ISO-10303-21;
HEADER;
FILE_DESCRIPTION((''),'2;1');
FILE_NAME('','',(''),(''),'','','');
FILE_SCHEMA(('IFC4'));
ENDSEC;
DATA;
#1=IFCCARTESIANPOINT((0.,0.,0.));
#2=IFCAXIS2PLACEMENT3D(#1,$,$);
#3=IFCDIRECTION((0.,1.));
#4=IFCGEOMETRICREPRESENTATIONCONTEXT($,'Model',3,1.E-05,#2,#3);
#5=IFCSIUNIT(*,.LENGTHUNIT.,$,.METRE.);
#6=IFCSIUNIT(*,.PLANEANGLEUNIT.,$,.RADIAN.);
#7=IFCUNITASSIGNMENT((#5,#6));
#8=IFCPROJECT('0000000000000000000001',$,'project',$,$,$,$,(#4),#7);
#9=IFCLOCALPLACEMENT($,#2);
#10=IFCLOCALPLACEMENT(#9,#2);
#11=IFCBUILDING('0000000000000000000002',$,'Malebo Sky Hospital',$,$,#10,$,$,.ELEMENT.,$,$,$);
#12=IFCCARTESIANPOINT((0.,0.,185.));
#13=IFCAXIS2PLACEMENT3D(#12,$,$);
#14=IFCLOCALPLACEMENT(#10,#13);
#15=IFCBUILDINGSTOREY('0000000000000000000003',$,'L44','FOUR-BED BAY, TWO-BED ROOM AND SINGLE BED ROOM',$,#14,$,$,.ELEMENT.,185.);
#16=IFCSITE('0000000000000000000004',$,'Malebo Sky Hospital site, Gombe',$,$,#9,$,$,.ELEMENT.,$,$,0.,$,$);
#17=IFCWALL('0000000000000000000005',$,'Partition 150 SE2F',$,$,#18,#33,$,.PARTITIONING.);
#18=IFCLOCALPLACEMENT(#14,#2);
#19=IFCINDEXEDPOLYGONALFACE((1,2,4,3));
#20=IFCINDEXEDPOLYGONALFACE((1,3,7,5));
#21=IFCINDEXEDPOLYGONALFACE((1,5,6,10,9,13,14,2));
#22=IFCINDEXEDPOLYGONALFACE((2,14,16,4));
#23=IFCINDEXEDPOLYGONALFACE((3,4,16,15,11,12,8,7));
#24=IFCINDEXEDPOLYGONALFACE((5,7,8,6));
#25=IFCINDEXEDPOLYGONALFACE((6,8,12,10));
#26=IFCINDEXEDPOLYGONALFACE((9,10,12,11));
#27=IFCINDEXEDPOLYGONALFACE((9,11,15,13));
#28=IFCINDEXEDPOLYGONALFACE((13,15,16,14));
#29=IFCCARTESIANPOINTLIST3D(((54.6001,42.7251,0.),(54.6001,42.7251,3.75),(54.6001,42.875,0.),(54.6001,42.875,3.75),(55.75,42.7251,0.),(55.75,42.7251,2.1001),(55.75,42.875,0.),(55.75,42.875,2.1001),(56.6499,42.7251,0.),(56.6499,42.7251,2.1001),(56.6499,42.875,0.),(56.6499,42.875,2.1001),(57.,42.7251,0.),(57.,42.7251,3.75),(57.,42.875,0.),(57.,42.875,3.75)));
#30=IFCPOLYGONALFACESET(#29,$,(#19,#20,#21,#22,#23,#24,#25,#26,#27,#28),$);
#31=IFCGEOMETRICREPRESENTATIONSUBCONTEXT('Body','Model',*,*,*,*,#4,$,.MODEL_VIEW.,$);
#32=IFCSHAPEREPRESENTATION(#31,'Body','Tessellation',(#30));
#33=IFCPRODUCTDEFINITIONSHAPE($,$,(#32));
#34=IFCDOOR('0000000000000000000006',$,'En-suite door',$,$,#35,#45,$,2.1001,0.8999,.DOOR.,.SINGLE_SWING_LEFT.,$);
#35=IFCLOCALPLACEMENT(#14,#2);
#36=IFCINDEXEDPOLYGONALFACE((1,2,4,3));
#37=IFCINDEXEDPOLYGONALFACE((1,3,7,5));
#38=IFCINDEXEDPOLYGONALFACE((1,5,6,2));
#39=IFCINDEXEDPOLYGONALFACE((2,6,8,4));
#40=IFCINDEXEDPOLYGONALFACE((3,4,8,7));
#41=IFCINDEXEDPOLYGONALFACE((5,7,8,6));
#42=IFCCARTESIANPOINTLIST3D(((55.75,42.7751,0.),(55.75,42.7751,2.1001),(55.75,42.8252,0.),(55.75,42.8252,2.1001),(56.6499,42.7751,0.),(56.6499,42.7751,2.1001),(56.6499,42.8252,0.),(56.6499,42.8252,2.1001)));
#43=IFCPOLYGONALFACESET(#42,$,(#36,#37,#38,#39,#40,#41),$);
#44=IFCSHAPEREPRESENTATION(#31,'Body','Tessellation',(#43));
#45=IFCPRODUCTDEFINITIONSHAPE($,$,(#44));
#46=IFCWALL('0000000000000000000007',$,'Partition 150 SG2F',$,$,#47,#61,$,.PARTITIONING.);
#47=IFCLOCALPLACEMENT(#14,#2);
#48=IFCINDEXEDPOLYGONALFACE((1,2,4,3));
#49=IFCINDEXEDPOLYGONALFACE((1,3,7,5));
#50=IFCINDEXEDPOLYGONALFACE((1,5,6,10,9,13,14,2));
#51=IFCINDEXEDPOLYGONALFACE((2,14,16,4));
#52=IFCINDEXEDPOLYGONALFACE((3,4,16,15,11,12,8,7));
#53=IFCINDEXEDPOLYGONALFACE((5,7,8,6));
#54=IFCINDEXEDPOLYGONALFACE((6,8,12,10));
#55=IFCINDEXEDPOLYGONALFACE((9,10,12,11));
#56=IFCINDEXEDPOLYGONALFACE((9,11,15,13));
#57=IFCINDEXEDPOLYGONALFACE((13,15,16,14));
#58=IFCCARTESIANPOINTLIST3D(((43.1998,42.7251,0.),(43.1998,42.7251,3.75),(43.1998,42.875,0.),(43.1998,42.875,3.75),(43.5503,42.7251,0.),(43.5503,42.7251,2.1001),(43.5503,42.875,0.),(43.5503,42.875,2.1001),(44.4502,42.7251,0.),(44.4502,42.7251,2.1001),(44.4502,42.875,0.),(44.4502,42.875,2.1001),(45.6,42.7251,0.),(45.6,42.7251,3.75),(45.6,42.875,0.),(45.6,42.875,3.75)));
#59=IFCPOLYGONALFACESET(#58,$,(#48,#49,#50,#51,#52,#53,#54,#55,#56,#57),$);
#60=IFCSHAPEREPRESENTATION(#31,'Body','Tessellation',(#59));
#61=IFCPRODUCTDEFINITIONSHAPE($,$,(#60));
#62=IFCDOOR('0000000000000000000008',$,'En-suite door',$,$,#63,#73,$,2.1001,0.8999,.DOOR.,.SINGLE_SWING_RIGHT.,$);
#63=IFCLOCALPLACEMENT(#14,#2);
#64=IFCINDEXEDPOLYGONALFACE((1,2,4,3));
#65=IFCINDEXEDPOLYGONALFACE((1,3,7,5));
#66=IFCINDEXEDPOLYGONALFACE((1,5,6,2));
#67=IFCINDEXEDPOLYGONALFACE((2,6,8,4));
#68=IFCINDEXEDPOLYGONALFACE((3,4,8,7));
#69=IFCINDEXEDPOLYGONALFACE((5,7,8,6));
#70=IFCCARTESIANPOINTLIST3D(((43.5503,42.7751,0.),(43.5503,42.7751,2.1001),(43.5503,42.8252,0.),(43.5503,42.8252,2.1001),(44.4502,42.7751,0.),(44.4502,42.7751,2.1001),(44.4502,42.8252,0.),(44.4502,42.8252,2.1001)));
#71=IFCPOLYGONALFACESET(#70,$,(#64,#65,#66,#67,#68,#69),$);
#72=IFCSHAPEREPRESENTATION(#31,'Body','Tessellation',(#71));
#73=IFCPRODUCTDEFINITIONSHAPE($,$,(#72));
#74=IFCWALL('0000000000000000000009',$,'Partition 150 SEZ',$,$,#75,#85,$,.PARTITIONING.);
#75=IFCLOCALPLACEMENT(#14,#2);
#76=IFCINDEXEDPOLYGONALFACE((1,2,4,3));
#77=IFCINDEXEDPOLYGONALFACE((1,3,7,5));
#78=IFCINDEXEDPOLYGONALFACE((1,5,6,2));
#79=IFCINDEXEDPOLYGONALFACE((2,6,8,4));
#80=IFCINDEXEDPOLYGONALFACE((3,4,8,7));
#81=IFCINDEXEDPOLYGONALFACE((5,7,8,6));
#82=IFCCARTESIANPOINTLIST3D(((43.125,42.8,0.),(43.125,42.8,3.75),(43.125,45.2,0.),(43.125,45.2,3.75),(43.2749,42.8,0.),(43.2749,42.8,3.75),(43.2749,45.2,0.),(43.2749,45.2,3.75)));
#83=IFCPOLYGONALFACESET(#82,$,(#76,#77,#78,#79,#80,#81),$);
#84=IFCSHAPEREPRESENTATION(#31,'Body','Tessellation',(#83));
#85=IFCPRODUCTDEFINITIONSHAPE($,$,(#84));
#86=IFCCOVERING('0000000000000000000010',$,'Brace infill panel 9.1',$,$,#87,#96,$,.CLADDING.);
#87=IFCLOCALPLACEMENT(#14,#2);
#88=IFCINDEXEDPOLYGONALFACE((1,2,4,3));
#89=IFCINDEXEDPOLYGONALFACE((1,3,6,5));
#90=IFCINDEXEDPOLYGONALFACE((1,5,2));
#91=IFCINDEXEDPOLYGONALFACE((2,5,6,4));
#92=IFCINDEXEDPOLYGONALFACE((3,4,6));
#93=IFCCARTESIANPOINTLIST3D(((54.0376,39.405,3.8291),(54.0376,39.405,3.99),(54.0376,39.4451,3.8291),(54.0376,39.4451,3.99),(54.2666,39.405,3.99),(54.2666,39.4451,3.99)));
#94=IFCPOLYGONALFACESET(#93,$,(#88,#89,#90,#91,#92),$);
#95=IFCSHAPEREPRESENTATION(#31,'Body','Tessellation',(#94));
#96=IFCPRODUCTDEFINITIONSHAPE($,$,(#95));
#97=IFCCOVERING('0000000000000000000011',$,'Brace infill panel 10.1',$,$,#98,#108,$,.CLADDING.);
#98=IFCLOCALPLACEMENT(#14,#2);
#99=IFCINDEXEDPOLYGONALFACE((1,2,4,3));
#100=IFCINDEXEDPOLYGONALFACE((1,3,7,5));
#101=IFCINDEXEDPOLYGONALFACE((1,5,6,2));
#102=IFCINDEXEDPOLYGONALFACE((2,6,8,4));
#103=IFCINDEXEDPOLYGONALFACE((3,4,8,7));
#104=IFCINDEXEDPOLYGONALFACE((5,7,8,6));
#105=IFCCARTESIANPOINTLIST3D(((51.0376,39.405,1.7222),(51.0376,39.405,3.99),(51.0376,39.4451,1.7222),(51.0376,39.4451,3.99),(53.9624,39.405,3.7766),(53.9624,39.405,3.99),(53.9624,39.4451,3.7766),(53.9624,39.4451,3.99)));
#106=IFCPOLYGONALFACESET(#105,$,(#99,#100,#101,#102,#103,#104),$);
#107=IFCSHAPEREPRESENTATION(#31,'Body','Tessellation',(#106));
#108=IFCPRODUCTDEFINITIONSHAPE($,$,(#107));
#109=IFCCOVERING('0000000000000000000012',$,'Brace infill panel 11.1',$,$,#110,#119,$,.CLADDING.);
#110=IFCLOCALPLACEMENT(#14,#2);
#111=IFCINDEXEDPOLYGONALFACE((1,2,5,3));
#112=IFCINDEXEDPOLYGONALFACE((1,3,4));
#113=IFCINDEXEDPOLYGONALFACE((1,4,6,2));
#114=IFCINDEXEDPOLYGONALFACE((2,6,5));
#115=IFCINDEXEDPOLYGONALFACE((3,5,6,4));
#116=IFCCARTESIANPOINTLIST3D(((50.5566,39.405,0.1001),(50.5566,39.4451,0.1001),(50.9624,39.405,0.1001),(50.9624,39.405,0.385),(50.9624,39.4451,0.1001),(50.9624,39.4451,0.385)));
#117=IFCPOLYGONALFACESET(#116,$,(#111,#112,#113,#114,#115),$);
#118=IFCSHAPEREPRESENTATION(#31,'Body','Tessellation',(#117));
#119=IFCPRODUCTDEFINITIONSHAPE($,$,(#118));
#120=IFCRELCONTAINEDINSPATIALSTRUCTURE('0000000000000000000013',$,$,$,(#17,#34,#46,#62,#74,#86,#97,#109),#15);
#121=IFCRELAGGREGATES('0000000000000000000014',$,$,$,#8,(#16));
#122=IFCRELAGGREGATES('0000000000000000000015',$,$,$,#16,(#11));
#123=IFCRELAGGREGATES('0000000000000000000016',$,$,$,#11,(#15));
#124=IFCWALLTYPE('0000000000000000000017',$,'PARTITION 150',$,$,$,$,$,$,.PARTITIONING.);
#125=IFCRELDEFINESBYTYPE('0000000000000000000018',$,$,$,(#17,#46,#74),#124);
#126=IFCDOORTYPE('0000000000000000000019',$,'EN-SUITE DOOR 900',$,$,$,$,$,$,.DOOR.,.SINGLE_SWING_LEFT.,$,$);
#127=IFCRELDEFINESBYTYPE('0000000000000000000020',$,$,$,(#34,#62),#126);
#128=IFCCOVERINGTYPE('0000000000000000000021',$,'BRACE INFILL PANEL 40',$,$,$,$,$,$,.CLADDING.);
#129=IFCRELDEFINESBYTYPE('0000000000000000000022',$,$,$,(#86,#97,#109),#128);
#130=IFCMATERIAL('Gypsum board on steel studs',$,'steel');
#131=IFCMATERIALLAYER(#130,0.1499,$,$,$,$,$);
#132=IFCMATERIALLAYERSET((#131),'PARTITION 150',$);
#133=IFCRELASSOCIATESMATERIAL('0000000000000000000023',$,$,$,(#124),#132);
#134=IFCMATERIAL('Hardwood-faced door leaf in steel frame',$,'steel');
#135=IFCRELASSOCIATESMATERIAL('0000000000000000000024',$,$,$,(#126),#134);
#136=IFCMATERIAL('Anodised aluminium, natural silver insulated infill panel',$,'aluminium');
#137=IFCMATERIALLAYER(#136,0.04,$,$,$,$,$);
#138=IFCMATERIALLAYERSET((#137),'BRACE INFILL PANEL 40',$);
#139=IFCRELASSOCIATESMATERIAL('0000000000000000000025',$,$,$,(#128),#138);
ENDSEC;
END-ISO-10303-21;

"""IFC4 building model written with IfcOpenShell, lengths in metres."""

from ifc_helpers import new_model, si_unit, direction, frame, frame_2d, origin, place, context, subcontext, project, spatial, polyline, rectangle, outline, extrude, material, layer, layer_set, type_object, element, fill, save


model = new_model("IFC4")

# Units and contexts
model_context = context("Model", 3, precision=1e-05, world=origin(), true_north=direction((0.0, 1.0)))
body_context = subcontext(model_context, "Body", "Model", "MODEL_VIEW")
ifc_project = project(units=[si_unit("LENGTHUNIT", "METRE"), si_unit("PLANEANGLEUNIT", "RADIAN")], contexts=[model_context])

# Site, building, storey
site_placement = place(None, origin())
site = spatial("IfcSite", under=ifc_project, at=site_placement, Name="Malebo Sky Hospital site, Gombe", CompositionType="ELEMENT", RefElevation=0.0)
building_placement = place(site_placement, origin())
building = spatial("IfcBuilding", under=site, at=building_placement, Name="Malebo Sky Hospital", CompositionType="ELEMENT")
storey_placement = place(building_placement, frame((0.0, 0.0, 185.0)))
storey = spatial("IfcBuildingStorey", under=building, at=storey_placement, Name="L44", Description="FOUR-BED BAY, TWO-BED ROOM AND SINGLE BED ROOM", CompositionType="ELEMENT", Elevation=185.0)

# Walls, openings, doors
ifc_material_1 = material(Name="Gypsum board on steel studs", Category="steel")
ifc_layer_1 = layer(ifc_material_1, 0.1499)
ifc_layer_set_1 = layer_set([ifc_layer_1], Name="PARTITION 150")
wall_type = type_object("IfcWallType", Name="PARTITION 150", PredefinedType="PARTITIONING", material=ifc_layer_set_1)
wall_1_placement = place(storey_placement, frame((57.0, 42.8, 0.0), z_axis=(0.0, 0.0, 1.0), x_axis=(-1.0, 0.0, 0.0)))
wall_1 = element("IfcWall", 1, at=wall_1_placement, inside=storey, type_object=wall_type, Name="Partition 150 SE2F", PredefinedType="PARTITIONING", context=body_context, shape_type="SweptSolid", body=[
    extrude(rectangle(XDim=2.3999, YDim=0.1499, at=frame_2d((1.2, 0.0))), origin(), (0.0, 0.0, 1.0), 3.75),
])
opening_1_placement = place(wall_1_placement, frame((0.3501, 0.0, 0.0)))
opening_1 = element("IfcOpeningElement", 2, at=opening_1_placement, cuts=wall_1, PredefinedType="OPENING", context=body_context, shape_type="SweptSolid", body=[
    extrude(rectangle(XDim=0.8999, YDim=2.1001, at=frame_2d((0.45, 1.05))), frame((0.0, 0.085, 0.0), z_axis=(0.0, -1.0, 0.0), x_axis=(1.0, 0.0, 0.0)), (0.0, 0.0, 1.0), 0.1699),
])
ifc_material_2 = material(Name="Hardwood-faced door leaf in steel frame", Category="steel")
door_type = type_object("IfcDoorType", Name="EN-SUITE DOOR 900", OperationType="SINGLE_SWING_LEFT", PredefinedType="DOOR", material=ifc_material_2)
door_1_placement = place(opening_1_placement, origin())
door_1 = element("IfcDoor", 3, at=door_1_placement, inside=storey, type_object=door_type, Name="En-suite door", OperationType="SINGLE_SWING_LEFT", OverallHeight=2.1001, OverallWidth=0.8999, PredefinedType="DOOR", context=body_context, shape_type="SweptSolid", body=[
    extrude(rectangle(XDim=0.8999, YDim=2.1001, at=frame_2d((0.45, 1.05))), frame((0.0, 0.0249, 0.0), z_axis=(0.0, -1.0, 0.0), x_axis=(1.0, 0.0, 0.0)), (0.0, 0.0, 1.0), 0.05),
])
fill(opening_1, door_1)
wall_2_placement = place(storey_placement, frame((45.6001, 42.8, 0.0), z_axis=(0.0, 0.0, 1.0), x_axis=(-1.0, 0.0, 0.0)))
wall_2 = element("IfcWall", 4, at=wall_2_placement, inside=storey, type_object=wall_type, Name="Partition 150 SG2F", PredefinedType="PARTITIONING", context=body_context, shape_type="SweptSolid", body=[
    extrude(rectangle(XDim=2.4001, YDim=0.1499, at=frame_2d((1.2002, 0.0))), origin(), (0.0, 0.0, 1.0), 3.75),
])
opening_2_placement = place(wall_2_placement, frame((1.1499, 0.0, 0.0)))
opening_2 = element("IfcOpeningElement", 5, at=opening_2_placement, cuts=wall_2, PredefinedType="OPENING", context=body_context, shape_type="SweptSolid", body=[
    extrude(rectangle(XDim=0.8999, YDim=2.1001, at=frame_2d((0.45, 1.05))), frame((0.0, 0.085, 0.0), z_axis=(0.0, -1.0, 0.0), x_axis=(1.0, 0.0, 0.0)), (0.0, 0.0, 1.0), 0.1699),
])
door_2_placement = place(opening_2_placement, origin())
door_2 = element("IfcDoor", 6, at=door_2_placement, inside=storey, type_object=door_type, Name="En-suite door", OperationType="SINGLE_SWING_RIGHT", OverallHeight=2.1001, OverallWidth=0.8999, PredefinedType="DOOR", context=body_context, shape_type="SweptSolid", body=[
    extrude(rectangle(XDim=0.8999, YDim=2.1001, at=frame_2d((0.45, 1.05))), frame((0.0, 0.0249, 0.0), z_axis=(0.0, -1.0, 0.0), x_axis=(1.0, 0.0, 0.0)), (0.0, 0.0, 1.0), 0.05),
])
fill(opening_2, door_2)

# Wall
wall_3_placement = place(storey_placement, frame((43.2, 45.2, 0.0), z_axis=(0.0, 0.0, 1.0), x_axis=(0.0, -1.0, 0.0)))
element("IfcWall", 7, at=wall_3_placement, inside=storey, type_object=wall_type, Name="Partition 150 SEZ", PredefinedType="PARTITIONING", context=body_context, shape_type="SweptSolid", body=[
    extrude(rectangle(XDim=2.3999, YDim=0.1499, at=frame_2d((1.2, 0.0))), origin(), (0.0, 0.0, 1.0), 3.75),
])

# Coverings
ifc_material_3 = material(Name="Anodised aluminium, natural silver insulated infill panel", Category="aluminium")
ifc_layer_2 = layer(ifc_material_3, 0.04)
ifc_layer_set_2 = layer_set([ifc_layer_2], Name="BRACE INFILL PANEL 40")
covering_type = type_object("IfcCoveringType", Name="BRACE INFILL PANEL 40", PredefinedType="CLADDING", material=ifc_layer_set_2)
covering_1_placement = place(storey_placement, frame((54.1521, 39.425, 3.8291), z_axis=(0.0, 0.0, 1.0), x_axis=(-1.0, 0.0, 0.0)))
element("IfcCovering", 8, at=covering_1_placement, inside=storey, type_object=covering_type, Name="Brace infill panel 9.1", PredefinedType="CLADDING", context=body_context, shape_type="SweptSolid", body=[
    extrude(outline(polyline([(0.1145, 0.0), (0.1145, 0.1609), (-0.1145, 0.1609), (0.1145, 0.0)])), frame((0.0, 0.02, 0.0), z_axis=(0.0, -1.0, 0.0), x_axis=(1.0, 0.0, 0.0)), (0.0, 0.0, 1.0), 0.04),
])
covering_2_placement = place(storey_placement, frame((52.5, 39.425, 1.7222), z_axis=(0.0, 0.0, 1.0), x_axis=(-1.0, 0.0, 0.0)))
element("IfcCovering", 9, at=covering_2_placement, inside=storey, type_object=covering_type, Name="Brace infill panel 10.1", PredefinedType="CLADDING", context=body_context, shape_type="SweptSolid", body=[
    extrude(outline(polyline([(1.4624, 0.0), (1.4624, 2.2678), (-1.4624, 2.2678), (-1.4624, 2.0544), (1.4624, 0.0)])), frame((0.0, 0.02, 0.0), z_axis=(0.0, -1.0, 0.0), x_axis=(1.0, 0.0, 0.0)), (0.0, 0.0, 1.0), 0.04),
])
covering_3_placement = place(storey_placement, frame((50.7595, 39.425, 0.1001), z_axis=(0.0, 0.0, 1.0), x_axis=(-1.0, 0.0, 0.0)))
element("IfcCovering", 10, at=covering_3_placement, inside=storey, type_object=covering_type, Name="Brace infill panel 11.1", PredefinedType="CLADDING", context=body_context, shape_type="SweptSolid", body=[
    extrude(outline(polyline([(-0.2029, 0.0), (0.2029, 0.0), (-0.2029, 0.2849), (-0.2029, 0.0)])), frame((0.0, 0.02, 0.0), z_axis=(0.0, -1.0, 0.0), x_axis=(1.0, 0.0, 0.0)), (0.0, 0.0, 1.0), 0.04),
])

save(model, "model.ifc")
